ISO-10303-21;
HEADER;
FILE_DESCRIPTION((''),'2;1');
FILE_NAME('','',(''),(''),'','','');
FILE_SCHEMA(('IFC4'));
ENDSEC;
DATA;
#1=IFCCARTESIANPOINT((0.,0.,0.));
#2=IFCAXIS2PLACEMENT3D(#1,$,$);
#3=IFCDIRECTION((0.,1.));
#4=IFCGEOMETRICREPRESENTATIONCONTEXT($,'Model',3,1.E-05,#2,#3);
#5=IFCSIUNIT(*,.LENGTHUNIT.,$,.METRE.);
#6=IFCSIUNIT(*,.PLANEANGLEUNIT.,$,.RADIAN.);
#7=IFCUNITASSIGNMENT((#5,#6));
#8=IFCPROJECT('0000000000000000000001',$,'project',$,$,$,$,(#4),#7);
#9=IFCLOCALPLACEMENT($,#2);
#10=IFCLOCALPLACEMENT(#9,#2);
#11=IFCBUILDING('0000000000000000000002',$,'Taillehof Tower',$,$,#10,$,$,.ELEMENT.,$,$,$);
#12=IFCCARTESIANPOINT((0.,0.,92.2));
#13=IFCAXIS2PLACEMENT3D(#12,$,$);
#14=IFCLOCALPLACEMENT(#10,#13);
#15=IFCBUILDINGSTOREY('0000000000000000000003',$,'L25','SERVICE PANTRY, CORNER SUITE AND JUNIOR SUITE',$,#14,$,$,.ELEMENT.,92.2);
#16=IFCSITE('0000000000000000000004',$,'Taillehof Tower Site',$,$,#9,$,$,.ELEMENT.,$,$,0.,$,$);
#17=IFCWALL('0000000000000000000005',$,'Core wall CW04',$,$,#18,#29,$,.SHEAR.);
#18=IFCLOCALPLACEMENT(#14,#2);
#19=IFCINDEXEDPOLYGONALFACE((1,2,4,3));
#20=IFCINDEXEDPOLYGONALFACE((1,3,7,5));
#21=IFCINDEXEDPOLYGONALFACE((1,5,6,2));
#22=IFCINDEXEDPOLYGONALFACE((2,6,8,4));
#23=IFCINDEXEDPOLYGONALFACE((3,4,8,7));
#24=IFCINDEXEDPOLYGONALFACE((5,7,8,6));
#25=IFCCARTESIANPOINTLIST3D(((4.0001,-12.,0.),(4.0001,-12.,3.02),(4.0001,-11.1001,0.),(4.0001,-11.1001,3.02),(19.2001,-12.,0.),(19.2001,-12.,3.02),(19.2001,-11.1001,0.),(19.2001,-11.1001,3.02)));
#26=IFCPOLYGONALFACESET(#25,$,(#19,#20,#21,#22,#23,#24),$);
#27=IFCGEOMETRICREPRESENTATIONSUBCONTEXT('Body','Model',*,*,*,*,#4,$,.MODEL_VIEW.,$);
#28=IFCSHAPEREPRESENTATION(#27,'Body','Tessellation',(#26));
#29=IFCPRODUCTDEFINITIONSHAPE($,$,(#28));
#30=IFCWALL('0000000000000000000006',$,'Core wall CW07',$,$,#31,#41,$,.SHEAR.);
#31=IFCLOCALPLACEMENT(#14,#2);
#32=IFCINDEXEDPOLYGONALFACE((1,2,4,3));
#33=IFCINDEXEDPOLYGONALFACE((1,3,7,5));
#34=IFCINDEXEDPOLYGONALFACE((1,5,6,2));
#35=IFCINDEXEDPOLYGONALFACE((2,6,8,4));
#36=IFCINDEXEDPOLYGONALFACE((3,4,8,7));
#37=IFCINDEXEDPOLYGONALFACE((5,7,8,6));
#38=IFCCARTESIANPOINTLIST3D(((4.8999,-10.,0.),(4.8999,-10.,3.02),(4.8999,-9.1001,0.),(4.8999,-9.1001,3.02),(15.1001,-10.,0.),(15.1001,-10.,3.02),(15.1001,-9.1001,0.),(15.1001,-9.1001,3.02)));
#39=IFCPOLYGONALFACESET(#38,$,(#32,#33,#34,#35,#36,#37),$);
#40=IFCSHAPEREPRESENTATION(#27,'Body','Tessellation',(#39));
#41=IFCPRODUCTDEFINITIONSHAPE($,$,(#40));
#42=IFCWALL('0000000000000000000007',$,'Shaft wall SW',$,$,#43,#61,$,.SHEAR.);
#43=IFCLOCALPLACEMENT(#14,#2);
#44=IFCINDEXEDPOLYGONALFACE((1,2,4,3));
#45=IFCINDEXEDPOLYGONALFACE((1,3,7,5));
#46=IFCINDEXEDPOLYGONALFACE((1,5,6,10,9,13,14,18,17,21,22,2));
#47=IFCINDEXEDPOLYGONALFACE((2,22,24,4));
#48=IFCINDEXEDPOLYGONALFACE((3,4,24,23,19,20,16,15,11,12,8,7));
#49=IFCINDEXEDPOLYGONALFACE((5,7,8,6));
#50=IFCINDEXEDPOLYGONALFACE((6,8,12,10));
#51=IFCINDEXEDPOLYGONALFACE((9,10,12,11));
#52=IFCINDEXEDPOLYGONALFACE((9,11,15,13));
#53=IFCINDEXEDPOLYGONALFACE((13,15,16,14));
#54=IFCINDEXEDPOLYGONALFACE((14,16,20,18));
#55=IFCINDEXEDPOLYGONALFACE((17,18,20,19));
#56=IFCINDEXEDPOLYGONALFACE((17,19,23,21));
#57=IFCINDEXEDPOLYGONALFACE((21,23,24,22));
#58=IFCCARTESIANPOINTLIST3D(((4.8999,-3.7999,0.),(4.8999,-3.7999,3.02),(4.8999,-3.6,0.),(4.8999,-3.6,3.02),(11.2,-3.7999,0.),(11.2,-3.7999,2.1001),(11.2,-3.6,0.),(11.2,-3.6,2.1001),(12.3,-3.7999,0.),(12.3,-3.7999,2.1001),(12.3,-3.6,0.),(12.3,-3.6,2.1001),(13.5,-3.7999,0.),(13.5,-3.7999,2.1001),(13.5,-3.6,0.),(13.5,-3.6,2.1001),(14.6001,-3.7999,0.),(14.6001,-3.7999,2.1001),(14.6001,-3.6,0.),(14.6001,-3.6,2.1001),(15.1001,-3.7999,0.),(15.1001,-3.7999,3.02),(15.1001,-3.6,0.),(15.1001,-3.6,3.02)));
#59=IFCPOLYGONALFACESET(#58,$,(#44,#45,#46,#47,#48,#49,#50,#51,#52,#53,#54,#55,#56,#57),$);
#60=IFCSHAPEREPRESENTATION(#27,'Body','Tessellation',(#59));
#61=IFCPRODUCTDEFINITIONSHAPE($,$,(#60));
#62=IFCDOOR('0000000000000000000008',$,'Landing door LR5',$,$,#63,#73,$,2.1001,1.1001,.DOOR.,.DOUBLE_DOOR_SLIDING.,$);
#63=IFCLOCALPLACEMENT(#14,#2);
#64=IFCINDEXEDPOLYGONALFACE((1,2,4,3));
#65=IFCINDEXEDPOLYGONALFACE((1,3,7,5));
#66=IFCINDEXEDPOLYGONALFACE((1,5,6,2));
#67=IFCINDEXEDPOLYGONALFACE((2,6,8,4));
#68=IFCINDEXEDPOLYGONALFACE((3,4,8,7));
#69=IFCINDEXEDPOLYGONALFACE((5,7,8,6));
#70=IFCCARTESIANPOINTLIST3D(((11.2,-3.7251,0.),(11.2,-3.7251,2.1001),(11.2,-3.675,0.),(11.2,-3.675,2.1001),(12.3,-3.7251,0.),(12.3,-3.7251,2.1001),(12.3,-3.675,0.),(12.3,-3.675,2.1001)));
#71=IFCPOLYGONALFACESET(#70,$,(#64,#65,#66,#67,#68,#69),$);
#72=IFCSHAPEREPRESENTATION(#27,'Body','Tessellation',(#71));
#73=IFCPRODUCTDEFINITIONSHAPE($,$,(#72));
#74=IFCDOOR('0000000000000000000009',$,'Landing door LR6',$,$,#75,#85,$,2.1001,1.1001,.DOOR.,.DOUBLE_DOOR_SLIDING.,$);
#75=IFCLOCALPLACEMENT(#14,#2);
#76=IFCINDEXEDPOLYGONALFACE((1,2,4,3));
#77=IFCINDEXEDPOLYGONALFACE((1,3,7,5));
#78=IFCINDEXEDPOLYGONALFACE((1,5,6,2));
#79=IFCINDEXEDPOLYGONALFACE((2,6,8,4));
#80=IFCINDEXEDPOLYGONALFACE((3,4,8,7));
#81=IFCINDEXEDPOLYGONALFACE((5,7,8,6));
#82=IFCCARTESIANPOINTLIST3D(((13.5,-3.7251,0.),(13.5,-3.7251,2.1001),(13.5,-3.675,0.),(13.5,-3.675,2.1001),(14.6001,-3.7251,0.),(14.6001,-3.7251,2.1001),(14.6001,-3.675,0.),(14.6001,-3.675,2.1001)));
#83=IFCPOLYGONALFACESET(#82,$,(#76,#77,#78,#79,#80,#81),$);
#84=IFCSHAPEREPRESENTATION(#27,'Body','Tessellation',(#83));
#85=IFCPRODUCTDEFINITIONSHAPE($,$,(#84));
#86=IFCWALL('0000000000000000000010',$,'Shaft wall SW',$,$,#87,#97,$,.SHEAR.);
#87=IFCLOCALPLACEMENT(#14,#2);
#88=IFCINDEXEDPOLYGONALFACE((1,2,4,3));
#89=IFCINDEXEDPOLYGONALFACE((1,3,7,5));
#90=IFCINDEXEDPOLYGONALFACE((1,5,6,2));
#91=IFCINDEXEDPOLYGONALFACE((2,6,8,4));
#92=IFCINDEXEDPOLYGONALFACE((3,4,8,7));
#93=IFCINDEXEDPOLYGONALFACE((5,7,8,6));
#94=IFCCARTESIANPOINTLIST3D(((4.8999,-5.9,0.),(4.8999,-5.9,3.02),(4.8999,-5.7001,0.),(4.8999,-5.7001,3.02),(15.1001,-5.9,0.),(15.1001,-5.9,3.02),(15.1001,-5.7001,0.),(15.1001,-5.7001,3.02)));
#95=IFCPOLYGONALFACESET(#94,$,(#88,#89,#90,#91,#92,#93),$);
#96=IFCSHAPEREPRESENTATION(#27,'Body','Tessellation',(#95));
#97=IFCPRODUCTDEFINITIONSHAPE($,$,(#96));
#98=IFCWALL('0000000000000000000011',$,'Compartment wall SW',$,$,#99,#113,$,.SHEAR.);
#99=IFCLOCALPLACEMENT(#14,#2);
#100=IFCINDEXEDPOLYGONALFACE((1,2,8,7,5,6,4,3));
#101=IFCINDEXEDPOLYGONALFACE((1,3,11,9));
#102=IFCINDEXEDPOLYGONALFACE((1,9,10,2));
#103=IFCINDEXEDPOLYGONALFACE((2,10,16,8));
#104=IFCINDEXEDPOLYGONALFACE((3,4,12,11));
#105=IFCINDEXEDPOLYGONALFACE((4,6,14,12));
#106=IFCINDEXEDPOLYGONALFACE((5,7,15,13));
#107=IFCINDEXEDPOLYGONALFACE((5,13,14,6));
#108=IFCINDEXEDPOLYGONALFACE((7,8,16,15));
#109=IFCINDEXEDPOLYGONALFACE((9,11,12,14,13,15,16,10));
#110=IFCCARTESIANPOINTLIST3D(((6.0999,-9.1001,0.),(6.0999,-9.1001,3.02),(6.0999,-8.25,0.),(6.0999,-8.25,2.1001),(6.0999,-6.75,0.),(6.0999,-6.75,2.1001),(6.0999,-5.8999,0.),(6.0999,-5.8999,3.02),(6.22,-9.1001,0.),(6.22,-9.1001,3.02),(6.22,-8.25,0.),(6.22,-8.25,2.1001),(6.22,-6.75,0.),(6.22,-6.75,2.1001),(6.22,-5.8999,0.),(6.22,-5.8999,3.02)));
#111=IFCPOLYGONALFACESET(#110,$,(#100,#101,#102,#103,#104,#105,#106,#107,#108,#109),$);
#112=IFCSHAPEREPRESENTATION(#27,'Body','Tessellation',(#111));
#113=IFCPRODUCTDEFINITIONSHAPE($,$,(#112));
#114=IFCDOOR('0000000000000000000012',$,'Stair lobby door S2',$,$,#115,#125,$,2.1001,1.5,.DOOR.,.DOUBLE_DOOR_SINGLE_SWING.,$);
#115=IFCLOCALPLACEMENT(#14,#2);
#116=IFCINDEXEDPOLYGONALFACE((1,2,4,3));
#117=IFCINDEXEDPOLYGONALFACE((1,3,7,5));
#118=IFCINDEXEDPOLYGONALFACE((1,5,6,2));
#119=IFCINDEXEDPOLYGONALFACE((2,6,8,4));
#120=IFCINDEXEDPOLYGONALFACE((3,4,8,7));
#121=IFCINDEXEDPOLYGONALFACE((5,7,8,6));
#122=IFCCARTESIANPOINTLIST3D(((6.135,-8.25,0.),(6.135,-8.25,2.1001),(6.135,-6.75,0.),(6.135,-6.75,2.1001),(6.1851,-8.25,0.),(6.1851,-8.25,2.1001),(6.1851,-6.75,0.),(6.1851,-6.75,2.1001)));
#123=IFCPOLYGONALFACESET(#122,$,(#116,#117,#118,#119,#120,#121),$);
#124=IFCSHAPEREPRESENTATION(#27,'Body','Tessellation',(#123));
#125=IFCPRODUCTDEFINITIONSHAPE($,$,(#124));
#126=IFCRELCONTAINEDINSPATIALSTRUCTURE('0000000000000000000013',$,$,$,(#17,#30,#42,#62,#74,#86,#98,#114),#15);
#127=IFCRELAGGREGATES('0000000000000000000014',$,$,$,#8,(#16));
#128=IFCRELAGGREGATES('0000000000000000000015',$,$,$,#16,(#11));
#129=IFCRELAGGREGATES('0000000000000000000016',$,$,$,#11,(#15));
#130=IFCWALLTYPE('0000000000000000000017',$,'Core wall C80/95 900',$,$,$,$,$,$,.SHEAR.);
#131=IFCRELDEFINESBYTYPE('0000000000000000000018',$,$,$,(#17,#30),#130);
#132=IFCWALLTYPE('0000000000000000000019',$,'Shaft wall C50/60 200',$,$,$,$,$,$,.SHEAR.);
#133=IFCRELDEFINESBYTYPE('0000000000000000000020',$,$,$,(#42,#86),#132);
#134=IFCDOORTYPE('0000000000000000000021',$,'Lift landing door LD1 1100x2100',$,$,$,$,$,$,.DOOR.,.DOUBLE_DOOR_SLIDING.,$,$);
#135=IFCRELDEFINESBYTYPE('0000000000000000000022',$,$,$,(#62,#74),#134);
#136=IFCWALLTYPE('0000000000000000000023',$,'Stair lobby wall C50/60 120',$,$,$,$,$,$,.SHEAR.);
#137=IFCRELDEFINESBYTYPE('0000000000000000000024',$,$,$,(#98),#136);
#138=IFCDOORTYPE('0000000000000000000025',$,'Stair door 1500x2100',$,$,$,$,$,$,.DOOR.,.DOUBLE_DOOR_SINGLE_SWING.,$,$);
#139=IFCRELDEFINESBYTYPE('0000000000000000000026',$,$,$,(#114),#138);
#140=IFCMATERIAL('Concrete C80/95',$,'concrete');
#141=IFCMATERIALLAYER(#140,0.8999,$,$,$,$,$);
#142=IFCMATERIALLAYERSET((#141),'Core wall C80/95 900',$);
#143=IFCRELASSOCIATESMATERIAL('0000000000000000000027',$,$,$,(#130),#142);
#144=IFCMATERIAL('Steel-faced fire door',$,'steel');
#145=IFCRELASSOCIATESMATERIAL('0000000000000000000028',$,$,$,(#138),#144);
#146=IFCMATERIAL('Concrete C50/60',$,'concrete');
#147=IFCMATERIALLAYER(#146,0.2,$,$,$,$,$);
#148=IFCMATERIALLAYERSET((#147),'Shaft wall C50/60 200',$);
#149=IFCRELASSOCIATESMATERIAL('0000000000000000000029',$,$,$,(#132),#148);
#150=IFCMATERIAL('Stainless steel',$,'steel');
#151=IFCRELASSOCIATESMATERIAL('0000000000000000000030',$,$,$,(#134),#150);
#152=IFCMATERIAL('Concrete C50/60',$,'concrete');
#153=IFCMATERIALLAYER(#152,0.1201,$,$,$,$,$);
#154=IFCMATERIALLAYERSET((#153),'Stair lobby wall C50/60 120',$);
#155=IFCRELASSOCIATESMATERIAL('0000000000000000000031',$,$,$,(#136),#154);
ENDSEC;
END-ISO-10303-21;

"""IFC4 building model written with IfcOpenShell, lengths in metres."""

from ifc_helpers import new_model, si_unit, direction, frame, frame_2d, origin, place, context, subcontext, project, spatial, rectangle, extrude, material, layer, layer_set, type_object, element, fill, save


model = new_model("IFC4")

# Units and contexts
model_context = context("Model", 3, precision=1e-05, world=origin(), true_north=direction((0.0, 1.0)))
body_context = subcontext(model_context, "Body", "Model", "MODEL_VIEW")
ifc_project = project(units=[si_unit("LENGTHUNIT", "METRE"), si_unit("PLANEANGLEUNIT", "RADIAN")], contexts=[model_context])

# Site, building, storey
site_placement = place(None, origin())
site = spatial("IfcSite", under=ifc_project, at=site_placement, Name="Taillehof Tower Site", CompositionType="ELEMENT", RefElevation=0.0)
building_placement = place(site_placement, origin())
building = spatial("IfcBuilding", under=site, at=building_placement, Name="Taillehof Tower", CompositionType="ELEMENT")
storey_placement = place(building_placement, frame((0.0, 0.0, 92.2)))
storey = spatial("IfcBuildingStorey", under=building, at=storey_placement, Name="L25", Description="SERVICE PANTRY, CORNER SUITE AND JUNIOR SUITE", CompositionType="ELEMENT", Elevation=92.2)

# Shared definitions
ifc_material_1 = material(Name="Concrete C80/95", Category="concrete")
ifc_layer_1 = layer(ifc_material_1, 0.8999)
ifc_layer_set_1 = layer_set([ifc_layer_1], Name="Core wall C80/95 900")
wall_type_1 = type_object("IfcWallType", Name="Core wall C80/95 900", PredefinedType="SHEAR", material=ifc_layer_set_1)
ifc_material_2 = material(Name="Steel-faced fire door", Category="steel")
door_type_1 = type_object("IfcDoorType", Name="Stair door 1500x2100", OperationType="DOUBLE_DOOR_SINGLE_SWING", PredefinedType="DOOR", material=ifc_material_2)

# Walls
wall_1_placement = place(storey_placement, frame((4.0, -11.55, 0.0), z_axis=(0.0, 0.0, 1.0), x_axis=(1.0, 0.0, 0.0)))
element("IfcWall", 1, at=wall_1_placement, inside=storey, type_object=wall_type_1, Name="Core wall CW04", PredefinedType="SHEAR", context=body_context, shape_type="SweptSolid", body=[
    extrude(rectangle(XDim=15.2, YDim=0.8999, at=frame_2d((7.6001, 0.0))), origin(), (0.0, 0.0, 1.0), 3.02),
])
wall_2_placement = place(storey_placement, frame((4.8999, -9.55, 0.0), z_axis=(0.0, 0.0, 1.0), x_axis=(1.0, 0.0, 0.0)))
element("IfcWall", 2, at=wall_2_placement, inside=storey, type_object=wall_type_1, Name="Core wall CW07", PredefinedType="SHEAR", context=body_context, shape_type="SweptSolid", body=[
    extrude(rectangle(XDim=10.2002, YDim=0.8999, at=frame_2d((5.1001, 0.0))), origin(), (0.0, 0.0, 1.0), 3.02),
])

# Wall, openings, doors
ifc_material_3 = material(Name="Concrete C50/60", Category="concrete")
ifc_layer_2 = layer(ifc_material_3, 0.2)
ifc_layer_set_2 = layer_set([ifc_layer_2], Name="Shaft wall C50/60 200")
wall_type_2 = type_object("IfcWallType", Name="Shaft wall C50/60 200", PredefinedType="SHEAR", material=ifc_layer_set_2)
wall_3_placement = place(storey_placement, frame((4.8999, -3.7, 0.0), z_axis=(0.0, 0.0, 1.0), x_axis=(1.0, 0.0, 0.0)))
wall_3 = element("IfcWall", 3, at=wall_3_placement, inside=storey, type_object=wall_type_2, Name="Shaft wall SW", PredefinedType="SHEAR", context=body_context, shape_type="SweptSolid", body=[
    extrude(rectangle(XDim=10.2002, YDim=0.2, at=frame_2d((5.1001, 0.0))), origin(), (0.0, 0.0, 1.0), 3.02),
])
opening_1_placement = place(wall_3_placement, frame((6.3, 0.0, 0.0)))
opening_1 = element("IfcOpeningElement", 4, at=opening_1_placement, cuts=wall_3, PredefinedType="OPENING", context=body_context, shape_type="SweptSolid", body=[
    extrude(rectangle(XDim=1.1001, YDim=2.1001, at=frame_2d((0.55, 1.05))), frame((0.0, 0.1099, 0.0), z_axis=(0.0, -1.0, 0.0), x_axis=(1.0, 0.0, 0.0)), (0.0, 0.0, 1.0), 0.22),
])
opening_2_placement = place(wall_3_placement, frame((8.6001, 0.0, 0.0)))
opening_2 = element("IfcOpeningElement", 5, at=opening_2_placement, cuts=wall_3, PredefinedType="OPENING", context=body_context, shape_type="SweptSolid", body=[
    extrude(rectangle(XDim=1.1001, YDim=2.1001, at=frame_2d((0.55, 1.05))), frame((0.0, 0.1099, 0.0), z_axis=(0.0, -1.0, 0.0), x_axis=(1.0, 0.0, 0.0)), (0.0, 0.0, 1.0), 0.22),
])
ifc_material_4 = material(Name="Stainless steel", Category="steel")
door_type_2 = type_object("IfcDoorType", Name="Lift landing door LD1 1100x2100", OperationType="DOUBLE_DOOR_SLIDING", PredefinedType="DOOR", material=ifc_material_4)
door_1_placement = place(opening_1_placement, origin())
door_1 = element("IfcDoor", 6, at=door_1_placement, inside=storey, type_object=door_type_2, Name="Landing door LR5", OperationType="DOUBLE_DOOR_SLIDING", OverallHeight=2.1001, OverallWidth=1.1001, PredefinedType="DOOR", context=body_context, shape_type="SweptSolid", body=[
    extrude(rectangle(XDim=1.1001, YDim=2.1001, at=frame_2d((0.55, 1.05))), frame((0.0, 0.0249, 0.0), z_axis=(0.0, -1.0, 0.0), x_axis=(1.0, 0.0, 0.0)), (0.0, 0.0, 1.0), 0.05),
])
fill(opening_1, door_1)
door_2_placement = place(opening_2_placement, origin())
door_2 = element("IfcDoor", 7, at=door_2_placement, inside=storey, type_object=door_type_2, Name="Landing door LR6", OperationType="DOUBLE_DOOR_SLIDING", OverallHeight=2.1001, OverallWidth=1.1001, PredefinedType="DOOR", context=body_context, shape_type="SweptSolid", body=[
    extrude(rectangle(XDim=1.1001, YDim=2.1001, at=frame_2d((0.55, 1.05))), frame((0.0, 0.0249, 0.0), z_axis=(0.0, -1.0, 0.0), x_axis=(1.0, 0.0, 0.0)), (0.0, 0.0, 1.0), 0.05),
])
fill(opening_2, door_2)

# Wall
wall_4_placement = place(storey_placement, frame((4.8999, -5.8, 0.0), z_axis=(0.0, 0.0, 1.0), x_axis=(1.0, 0.0, 0.0)))
element("IfcWall", 8, at=wall_4_placement, inside=storey, type_object=wall_type_2, Name="Shaft wall SW", PredefinedType="SHEAR", context=body_context, shape_type="SweptSolid", body=[
    extrude(rectangle(XDim=10.2002, YDim=0.2, at=frame_2d((5.1001, 0.0))), origin(), (0.0, 0.0, 1.0), 3.02),
])

# Wall, opening, door
ifc_material_5 = material(Name="Concrete C50/60", Category="concrete")
ifc_layer_3 = layer(ifc_material_5, 0.1201)
ifc_layer_set_3 = layer_set([ifc_layer_3], Name="Stair lobby wall C50/60 120")
wall_type_3 = type_object("IfcWallType", Name="Stair lobby wall C50/60 120", PredefinedType="SHEAR", material=ifc_layer_set_3)
wall_5_placement = place(storey_placement, frame((6.1599, -9.1001, 0.0), z_axis=(0.0, 0.0, 1.0), x_axis=(0.0, 1.0, 0.0)))
wall_5 = element("IfcWall", 9, at=wall_5_placement, inside=storey, type_object=wall_type_3, Name="Compartment wall SW", PredefinedType="SHEAR", context=body_context, shape_type="SweptSolid", body=[
    extrude(rectangle(XDim=3.2002, YDim=0.1201, at=frame_2d((1.6001, 0.0))), origin(), (0.0, 0.0, 1.0), 3.02),
])
opening_3_placement = place(wall_5_placement, frame((0.8501, 0.0, 0.0)))
opening_3 = element("IfcOpeningElement", 10, at=opening_3_placement, cuts=wall_5, PredefinedType="OPENING", context=body_context, shape_type="SweptSolid", body=[
    extrude(rectangle(XDim=1.5, YDim=2.1001, at=frame_2d((0.75, 1.05))), frame((0.0, 0.0701, 0.0), z_axis=(0.0, -1.0, 0.0), x_axis=(1.0, 0.0, 0.0)), (0.0, 0.0, 1.0), 0.1401),
])
door_3_placement = place(opening_3_placement, origin())
door_3 = element("IfcDoor", 11, at=door_3_placement, inside=storey, type_object=door_type_1, Name="Stair lobby door S2", OperationType="DOUBLE_DOOR_SINGLE_SWING", OverallHeight=2.1001, OverallWidth=1.5, PredefinedType="DOOR", context=body_context, shape_type="SweptSolid", body=[
    extrude(rectangle(XDim=1.5, YDim=2.1001, at=frame_2d((0.75, 1.05))), frame((0.0, 0.0249, 0.0), z_axis=(0.0, -1.0, 0.0), x_axis=(1.0, 0.0, 0.0)), (0.0, 0.0, 1.0), 0.05),
])
fill(opening_3, door_3)

save(model, "model.ifc")
